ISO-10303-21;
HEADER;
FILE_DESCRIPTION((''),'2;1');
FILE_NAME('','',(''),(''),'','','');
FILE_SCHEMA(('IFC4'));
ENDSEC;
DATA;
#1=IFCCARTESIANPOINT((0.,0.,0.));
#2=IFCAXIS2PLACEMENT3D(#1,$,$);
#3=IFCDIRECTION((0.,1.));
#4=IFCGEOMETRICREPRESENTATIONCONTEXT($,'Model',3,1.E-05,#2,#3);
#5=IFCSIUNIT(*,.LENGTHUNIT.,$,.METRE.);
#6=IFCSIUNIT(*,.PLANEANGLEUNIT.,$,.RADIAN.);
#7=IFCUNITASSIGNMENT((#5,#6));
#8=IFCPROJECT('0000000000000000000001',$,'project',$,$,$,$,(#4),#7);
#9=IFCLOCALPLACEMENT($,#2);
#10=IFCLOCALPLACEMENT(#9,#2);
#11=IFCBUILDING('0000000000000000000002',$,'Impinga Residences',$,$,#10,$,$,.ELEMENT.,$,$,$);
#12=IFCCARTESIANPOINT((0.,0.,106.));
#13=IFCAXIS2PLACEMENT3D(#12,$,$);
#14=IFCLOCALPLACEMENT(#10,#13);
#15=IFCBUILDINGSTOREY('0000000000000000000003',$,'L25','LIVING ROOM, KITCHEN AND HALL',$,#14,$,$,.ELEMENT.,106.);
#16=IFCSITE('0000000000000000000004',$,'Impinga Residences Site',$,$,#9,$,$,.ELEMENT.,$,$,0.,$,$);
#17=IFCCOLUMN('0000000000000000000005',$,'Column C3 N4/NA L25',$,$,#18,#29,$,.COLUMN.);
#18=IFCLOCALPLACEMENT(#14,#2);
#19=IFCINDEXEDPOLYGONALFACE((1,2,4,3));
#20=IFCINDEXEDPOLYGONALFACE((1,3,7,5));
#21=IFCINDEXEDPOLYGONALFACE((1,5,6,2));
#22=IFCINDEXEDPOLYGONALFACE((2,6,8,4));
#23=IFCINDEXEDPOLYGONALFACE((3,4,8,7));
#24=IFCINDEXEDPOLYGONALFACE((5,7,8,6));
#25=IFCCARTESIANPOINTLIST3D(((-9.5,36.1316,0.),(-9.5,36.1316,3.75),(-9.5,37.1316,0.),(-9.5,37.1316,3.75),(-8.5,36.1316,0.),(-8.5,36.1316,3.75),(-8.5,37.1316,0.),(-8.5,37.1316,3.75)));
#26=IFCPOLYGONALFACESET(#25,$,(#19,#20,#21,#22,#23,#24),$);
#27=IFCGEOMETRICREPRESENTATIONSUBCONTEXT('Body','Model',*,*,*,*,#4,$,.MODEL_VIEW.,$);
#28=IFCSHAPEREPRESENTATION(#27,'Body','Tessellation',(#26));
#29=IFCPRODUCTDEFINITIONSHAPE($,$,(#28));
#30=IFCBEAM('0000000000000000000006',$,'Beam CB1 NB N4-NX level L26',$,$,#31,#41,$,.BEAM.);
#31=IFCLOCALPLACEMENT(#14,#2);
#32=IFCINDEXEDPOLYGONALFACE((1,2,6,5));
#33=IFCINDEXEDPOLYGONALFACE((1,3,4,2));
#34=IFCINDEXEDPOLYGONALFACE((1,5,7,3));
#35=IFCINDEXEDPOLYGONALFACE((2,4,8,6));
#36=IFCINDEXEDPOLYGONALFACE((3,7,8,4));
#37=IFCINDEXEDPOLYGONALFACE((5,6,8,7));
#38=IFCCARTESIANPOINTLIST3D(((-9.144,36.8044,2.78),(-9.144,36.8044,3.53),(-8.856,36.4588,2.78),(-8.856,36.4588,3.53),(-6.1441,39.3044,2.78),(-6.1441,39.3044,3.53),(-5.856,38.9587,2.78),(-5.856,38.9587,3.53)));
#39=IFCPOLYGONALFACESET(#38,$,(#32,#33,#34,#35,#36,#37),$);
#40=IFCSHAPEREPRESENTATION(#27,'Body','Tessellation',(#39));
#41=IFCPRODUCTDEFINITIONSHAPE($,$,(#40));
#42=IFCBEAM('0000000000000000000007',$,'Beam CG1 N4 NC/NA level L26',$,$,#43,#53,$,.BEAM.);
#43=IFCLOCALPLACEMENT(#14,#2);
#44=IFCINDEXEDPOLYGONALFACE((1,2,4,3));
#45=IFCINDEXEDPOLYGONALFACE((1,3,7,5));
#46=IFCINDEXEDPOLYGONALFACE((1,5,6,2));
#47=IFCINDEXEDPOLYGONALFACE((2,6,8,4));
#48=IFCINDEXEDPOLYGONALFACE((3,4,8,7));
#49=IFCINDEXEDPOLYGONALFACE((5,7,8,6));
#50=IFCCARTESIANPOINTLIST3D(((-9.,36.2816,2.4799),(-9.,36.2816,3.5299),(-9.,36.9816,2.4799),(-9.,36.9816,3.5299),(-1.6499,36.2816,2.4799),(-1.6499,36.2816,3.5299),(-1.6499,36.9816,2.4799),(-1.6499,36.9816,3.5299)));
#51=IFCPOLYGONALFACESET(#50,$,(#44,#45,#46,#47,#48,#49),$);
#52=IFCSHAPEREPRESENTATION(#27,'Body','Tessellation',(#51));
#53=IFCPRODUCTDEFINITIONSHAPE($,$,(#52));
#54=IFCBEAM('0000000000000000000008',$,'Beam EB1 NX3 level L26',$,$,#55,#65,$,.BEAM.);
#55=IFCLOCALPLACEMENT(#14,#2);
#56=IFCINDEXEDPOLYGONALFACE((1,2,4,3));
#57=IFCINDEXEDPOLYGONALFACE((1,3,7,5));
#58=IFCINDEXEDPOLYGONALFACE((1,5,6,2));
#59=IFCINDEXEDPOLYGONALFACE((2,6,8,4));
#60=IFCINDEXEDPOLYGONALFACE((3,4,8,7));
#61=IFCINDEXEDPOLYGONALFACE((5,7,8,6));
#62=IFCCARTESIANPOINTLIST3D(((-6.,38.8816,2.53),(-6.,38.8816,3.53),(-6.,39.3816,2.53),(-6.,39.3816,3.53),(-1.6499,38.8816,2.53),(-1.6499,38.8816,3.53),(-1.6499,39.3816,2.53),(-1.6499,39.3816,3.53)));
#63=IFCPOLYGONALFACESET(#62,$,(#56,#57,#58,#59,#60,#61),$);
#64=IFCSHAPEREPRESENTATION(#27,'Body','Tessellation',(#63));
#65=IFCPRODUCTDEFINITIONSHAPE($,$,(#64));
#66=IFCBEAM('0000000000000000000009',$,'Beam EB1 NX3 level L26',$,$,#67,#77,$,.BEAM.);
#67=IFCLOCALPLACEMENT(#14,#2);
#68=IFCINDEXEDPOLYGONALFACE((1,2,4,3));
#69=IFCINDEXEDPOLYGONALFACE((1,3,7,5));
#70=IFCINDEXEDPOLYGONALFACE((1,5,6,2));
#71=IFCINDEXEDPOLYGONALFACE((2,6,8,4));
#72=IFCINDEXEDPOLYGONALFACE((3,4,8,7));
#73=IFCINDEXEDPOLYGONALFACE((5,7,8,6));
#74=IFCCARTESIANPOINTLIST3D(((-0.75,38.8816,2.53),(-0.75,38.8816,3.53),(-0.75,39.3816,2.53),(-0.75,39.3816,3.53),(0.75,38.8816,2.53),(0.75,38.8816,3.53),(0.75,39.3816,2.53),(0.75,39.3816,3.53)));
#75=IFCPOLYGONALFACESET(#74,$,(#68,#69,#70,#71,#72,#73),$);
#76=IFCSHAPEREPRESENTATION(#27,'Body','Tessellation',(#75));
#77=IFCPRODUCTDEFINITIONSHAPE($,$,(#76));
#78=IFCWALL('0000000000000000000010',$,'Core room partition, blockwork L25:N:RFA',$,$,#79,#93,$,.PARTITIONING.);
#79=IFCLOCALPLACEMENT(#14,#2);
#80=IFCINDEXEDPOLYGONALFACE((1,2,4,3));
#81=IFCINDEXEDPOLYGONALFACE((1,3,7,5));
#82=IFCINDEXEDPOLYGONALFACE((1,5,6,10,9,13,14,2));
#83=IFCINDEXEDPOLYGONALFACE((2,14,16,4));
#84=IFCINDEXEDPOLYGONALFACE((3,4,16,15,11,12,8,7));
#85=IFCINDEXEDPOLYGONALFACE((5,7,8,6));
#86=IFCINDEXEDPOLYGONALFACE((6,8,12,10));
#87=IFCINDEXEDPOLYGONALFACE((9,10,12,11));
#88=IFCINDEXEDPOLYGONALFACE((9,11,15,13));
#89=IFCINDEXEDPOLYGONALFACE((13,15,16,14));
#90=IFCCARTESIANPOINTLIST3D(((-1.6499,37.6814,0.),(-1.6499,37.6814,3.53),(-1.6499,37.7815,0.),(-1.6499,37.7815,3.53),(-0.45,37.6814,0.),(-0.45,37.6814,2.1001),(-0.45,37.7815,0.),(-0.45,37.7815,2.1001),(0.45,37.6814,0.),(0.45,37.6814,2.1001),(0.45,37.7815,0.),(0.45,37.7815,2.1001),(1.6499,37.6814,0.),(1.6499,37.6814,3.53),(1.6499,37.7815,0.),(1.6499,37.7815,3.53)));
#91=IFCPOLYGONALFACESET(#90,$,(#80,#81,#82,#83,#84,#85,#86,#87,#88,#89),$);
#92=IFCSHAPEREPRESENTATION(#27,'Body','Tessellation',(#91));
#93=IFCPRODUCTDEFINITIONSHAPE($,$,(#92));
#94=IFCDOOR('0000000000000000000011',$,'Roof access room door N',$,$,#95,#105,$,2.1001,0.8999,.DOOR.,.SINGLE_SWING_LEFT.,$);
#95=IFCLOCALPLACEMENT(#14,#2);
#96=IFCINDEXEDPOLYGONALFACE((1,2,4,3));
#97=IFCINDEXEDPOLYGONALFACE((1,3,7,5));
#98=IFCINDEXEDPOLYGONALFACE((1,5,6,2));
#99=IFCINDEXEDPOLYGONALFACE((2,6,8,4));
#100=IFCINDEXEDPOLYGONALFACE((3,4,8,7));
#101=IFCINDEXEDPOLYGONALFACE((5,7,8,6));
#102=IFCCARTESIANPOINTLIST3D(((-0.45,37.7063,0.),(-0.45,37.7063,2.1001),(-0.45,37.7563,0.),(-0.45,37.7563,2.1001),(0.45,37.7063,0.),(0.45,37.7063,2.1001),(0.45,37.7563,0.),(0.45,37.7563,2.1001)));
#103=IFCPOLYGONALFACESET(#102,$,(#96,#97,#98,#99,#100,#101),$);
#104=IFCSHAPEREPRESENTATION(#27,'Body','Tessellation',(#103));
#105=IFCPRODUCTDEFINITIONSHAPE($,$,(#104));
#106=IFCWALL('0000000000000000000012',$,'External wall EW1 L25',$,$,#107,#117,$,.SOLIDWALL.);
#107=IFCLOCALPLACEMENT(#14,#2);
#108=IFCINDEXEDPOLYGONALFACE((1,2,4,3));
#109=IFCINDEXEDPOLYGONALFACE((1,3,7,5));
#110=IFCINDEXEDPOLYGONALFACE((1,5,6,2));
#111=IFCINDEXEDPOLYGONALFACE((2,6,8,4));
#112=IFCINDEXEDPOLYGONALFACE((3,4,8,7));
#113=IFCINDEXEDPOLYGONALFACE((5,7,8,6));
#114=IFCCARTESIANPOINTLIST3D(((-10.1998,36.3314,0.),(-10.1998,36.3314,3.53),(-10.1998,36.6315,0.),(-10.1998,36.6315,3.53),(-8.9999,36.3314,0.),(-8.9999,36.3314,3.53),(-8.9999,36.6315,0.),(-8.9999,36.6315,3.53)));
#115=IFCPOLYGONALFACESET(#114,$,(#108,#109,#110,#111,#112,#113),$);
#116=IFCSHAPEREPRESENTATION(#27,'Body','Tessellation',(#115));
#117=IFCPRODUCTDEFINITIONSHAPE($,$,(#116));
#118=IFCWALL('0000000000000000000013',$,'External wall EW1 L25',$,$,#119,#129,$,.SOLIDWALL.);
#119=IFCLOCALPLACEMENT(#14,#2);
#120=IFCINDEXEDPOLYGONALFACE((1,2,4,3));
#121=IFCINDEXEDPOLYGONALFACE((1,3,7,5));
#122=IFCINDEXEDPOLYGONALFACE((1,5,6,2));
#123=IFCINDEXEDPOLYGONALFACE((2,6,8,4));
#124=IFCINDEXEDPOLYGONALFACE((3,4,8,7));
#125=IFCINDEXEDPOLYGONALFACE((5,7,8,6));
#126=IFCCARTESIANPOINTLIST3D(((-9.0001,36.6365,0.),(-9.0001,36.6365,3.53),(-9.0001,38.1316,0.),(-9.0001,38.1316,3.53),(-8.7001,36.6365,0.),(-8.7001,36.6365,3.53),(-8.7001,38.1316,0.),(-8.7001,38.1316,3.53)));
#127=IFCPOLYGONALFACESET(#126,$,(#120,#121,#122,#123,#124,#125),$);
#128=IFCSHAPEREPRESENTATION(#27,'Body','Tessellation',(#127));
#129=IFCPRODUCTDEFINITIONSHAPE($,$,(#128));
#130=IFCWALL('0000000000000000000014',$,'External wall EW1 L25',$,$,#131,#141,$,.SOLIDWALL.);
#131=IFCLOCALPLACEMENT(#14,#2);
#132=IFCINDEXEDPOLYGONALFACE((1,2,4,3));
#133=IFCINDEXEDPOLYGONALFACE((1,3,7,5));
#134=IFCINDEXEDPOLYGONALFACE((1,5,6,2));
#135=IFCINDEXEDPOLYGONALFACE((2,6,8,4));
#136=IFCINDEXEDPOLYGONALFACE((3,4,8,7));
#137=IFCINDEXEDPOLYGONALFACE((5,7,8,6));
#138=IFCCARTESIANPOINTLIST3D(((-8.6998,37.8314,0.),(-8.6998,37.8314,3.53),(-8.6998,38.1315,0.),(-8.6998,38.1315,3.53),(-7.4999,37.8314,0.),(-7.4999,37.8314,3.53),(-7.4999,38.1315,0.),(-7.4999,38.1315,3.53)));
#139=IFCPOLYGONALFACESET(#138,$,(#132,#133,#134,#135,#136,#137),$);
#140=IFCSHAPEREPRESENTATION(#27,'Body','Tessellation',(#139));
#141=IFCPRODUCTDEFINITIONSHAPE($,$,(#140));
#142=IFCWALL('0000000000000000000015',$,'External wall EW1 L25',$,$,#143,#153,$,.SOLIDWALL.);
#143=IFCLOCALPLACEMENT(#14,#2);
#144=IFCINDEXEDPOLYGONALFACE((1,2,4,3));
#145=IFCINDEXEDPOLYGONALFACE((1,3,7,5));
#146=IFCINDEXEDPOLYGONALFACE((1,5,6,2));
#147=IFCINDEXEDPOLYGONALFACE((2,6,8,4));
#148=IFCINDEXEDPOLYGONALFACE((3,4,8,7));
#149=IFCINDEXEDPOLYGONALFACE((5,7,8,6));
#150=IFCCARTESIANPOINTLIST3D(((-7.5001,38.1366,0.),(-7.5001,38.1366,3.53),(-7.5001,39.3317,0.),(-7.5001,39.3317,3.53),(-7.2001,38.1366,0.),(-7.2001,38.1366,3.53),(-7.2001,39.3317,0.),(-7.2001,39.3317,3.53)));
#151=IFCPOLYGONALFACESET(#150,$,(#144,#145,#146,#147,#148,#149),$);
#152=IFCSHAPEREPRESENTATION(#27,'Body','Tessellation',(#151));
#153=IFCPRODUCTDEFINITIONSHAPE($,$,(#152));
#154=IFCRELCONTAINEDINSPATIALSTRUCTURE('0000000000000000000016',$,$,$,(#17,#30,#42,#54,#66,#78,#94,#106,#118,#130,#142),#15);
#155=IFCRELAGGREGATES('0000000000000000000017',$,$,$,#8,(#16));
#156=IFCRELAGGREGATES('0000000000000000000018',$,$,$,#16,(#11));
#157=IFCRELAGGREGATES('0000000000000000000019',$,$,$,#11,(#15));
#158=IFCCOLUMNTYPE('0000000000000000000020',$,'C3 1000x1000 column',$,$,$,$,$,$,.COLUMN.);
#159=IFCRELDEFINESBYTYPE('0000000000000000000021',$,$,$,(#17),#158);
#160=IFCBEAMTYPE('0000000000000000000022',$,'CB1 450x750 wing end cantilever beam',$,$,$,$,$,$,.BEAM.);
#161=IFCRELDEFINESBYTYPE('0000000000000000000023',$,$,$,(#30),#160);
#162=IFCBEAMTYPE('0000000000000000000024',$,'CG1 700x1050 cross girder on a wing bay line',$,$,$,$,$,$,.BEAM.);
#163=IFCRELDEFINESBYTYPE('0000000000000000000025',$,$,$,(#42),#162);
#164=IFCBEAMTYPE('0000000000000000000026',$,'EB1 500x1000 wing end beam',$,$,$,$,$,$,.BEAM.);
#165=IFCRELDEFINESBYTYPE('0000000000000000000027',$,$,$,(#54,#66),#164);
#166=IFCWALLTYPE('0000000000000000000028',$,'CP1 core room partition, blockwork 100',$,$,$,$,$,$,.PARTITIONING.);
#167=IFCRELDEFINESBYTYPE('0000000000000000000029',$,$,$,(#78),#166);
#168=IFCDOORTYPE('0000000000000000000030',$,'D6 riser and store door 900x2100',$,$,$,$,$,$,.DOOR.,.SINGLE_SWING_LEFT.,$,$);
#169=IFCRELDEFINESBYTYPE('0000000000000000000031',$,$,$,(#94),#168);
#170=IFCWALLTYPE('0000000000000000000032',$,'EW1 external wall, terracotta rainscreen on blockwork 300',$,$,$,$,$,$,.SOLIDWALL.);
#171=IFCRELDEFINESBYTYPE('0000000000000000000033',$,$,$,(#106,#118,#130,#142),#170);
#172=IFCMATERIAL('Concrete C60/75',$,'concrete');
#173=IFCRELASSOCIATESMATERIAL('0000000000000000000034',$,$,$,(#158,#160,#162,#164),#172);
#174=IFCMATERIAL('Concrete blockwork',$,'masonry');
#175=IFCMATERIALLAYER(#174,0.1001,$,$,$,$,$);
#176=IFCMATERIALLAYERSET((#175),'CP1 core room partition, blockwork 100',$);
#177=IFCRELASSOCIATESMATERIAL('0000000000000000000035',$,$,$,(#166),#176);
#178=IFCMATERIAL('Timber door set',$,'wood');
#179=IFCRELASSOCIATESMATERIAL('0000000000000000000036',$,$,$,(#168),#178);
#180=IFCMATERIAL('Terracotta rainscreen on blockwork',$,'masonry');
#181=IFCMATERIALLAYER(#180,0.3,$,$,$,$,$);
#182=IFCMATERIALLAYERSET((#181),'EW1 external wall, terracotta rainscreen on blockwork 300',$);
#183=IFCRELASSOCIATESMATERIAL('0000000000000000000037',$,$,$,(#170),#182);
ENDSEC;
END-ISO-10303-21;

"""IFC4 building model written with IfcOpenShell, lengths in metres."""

from ifc_helpers import new_model, si_unit, direction, frame, frame_2d, origin, origin_2d, place, context, subcontext, project, spatial, rectangle, extrude, material, layer, layer_set, material_profile, profile_set, type_object, element, fill, save


model = new_model("IFC4")

# Units and contexts
model_context = context("Model", 3, precision=1e-05, world=origin(), true_north=direction((0.0, 1.0)))
body_context = subcontext(model_context, "Body", "Model", "MODEL_VIEW")
ifc_project = project(units=[si_unit("LENGTHUNIT", "METRE"), si_unit("PLANEANGLEUNIT", "RADIAN")], contexts=[model_context])

# Site, building, storey
site_placement = place(None, origin())
site = spatial("IfcSite", under=ifc_project, at=site_placement, Name="Impinga Residences Site", CompositionType="ELEMENT", RefElevation=0.0)
building_placement = place(site_placement, origin())
building = spatial("IfcBuilding", under=site, at=building_placement, Name="Impinga Residences", CompositionType="ELEMENT")
storey_placement = place(building_placement, frame((0.0, 0.0, 106.0)))
storey = spatial("IfcBuildingStorey", under=building, at=storey_placement, Name="L25", Description="LIVING ROOM, KITCHEN AND HALL", CompositionType="ELEMENT", Elevation=106.0)

# Column
ifc_material_1 = material(Name="Concrete C60/75", Category="concrete")
ifc_material_profile_1 = material_profile(ifc_material_1, rectangle(XDim=1.0, YDim=1.0, at=origin_2d()), Name="RC 1000x1000")
ifc_profile_set_1 = profile_set([ifc_material_profile_1], Name="Concrete C60/75")
column_type = type_object("IfcColumnType", Name="C3 1000x1000 column", PredefinedType="COLUMN", material=ifc_profile_set_1)
column_placement = place(storey_placement, frame((-9.0, 36.6316, 0.0), z_axis=(0.0, 0.0, 1.0), x_axis=(1.0, 0.0, 0.0)))
element("IfcColumn", 1, at=column_placement, inside=storey, type_object=column_type, Name="Column C3 N4/NA L25", PredefinedType="COLUMN", context=body_context, shape_type="SweptSolid", body=[
    extrude(rectangle(XDim=1.0, YDim=1.0, at=origin_2d()), origin(), (0.0, 0.0, 1.0), 3.75),
])

# Beams
ifc_material_profile_2 = material_profile(ifc_material_1, rectangle(XDim=0.45, YDim=0.75, at=origin_2d()), Name="RC 450x750")
ifc_profile_set_2 = profile_set([ifc_material_profile_2], Name="Concrete C60/75")
beam_type_1 = type_object("IfcBeamType", Name="CB1 450x750 wing end cantilever beam", PredefinedType="BEAM", material=ifc_profile_set_2)
beam_1_placement = place(storey_placement, frame((-9.0, 36.6316, 3.155), z_axis=(0.768221, 0.640184, 0.0), x_axis=(-0.640184, 0.768221, 0.0)))
element("IfcBeam", 2, at=beam_1_placement, inside=storey, type_object=beam_type_1, Name="Beam CB1 NB N4-NX level L26", PredefinedType="BEAM", context=body_context, shape_type="SweptSolid", body=[
    extrude(rectangle(XDim=0.45, YDim=0.75, at=origin_2d()), origin(), (0.0, 0.0, 1.0), 3.905),
])
ifc_material_profile_3 = material_profile(ifc_material_1, rectangle(XDim=0.7, YDim=1.05, at=origin_2d()), Name="RC 700x1050")
ifc_profile_set_3 = profile_set([ifc_material_profile_3], Name="Concrete C60/75")
beam_type_2 = type_object("IfcBeamType", Name="CG1 700x1050 cross girder on a wing bay line", PredefinedType="BEAM", material=ifc_profile_set_3)
beam_2_placement = place(storey_placement, frame((-1.6499, 36.6316, 3.0049), z_axis=(-1.0, 0.0, 0.0), x_axis=(0.0, -1.0, 0.0)))
element("IfcBeam", 3, at=beam_2_placement, inside=storey, type_object=beam_type_2, Name="Beam CG1 N4 NC/NA level L26", PredefinedType="BEAM", context=body_context, shape_type="SweptSolid", body=[
    extrude(rectangle(XDim=0.7, YDim=1.05, at=origin_2d()), origin(), (0.0, 0.0, 1.0), 7.3501),
])
ifc_material_profile_4 = material_profile(ifc_material_1, rectangle(XDim=0.5, YDim=1.0, at=origin_2d()), Name="RC 500x1000")
ifc_profile_set_4 = profile_set([ifc_material_profile_4], Name="Concrete C60/75")
beam_type_3 = type_object("IfcBeamType", Name="EB1 500x1000 wing end beam", PredefinedType="BEAM", material=ifc_profile_set_4)
beam_3_placement = place(storey_placement, frame((-6.0, 39.1316, 3.03), z_axis=(1.0, 0.0, 0.0), x_axis=(0.0, 1.0, 0.0)))
element("IfcBeam", 4, at=beam_3_placement, inside=storey, type_object=beam_type_3, Name="Beam EB1 NX3 level L26", PredefinedType="BEAM", context=body_context, shape_type="SweptSolid", body=[
    extrude(rectangle(XDim=0.5, YDim=1.0, at=origin_2d()), origin(), (0.0, 0.0, 1.0), 4.3501),
])
beam_4_placement = place(storey_placement, frame((-0.75, 39.1316, 3.03), z_axis=(1.0, 0.0, 0.0), x_axis=(0.0, 1.0, 0.0)))
element("IfcBeam", 5, at=beam_4_placement, inside=storey, type_object=beam_type_3, Name="Beam EB1 NX3 level L26", PredefinedType="BEAM", context=body_context, shape_type="SweptSolid", body=[
    extrude(rectangle(XDim=0.5, YDim=1.0, at=origin_2d()), origin(), (0.0, 0.0, 1.0), 1.5),
])

# Wall, opening, door
ifc_material_2 = material(Name="Concrete blockwork", Category="masonry")
ifc_layer_1 = layer(ifc_material_2, 0.1001)
ifc_layer_set_1 = layer_set([ifc_layer_1], Name="CP1 core room partition, blockwork 100")
wall_type_1 = type_object("IfcWallType", Name="CP1 core room partition, blockwork 100", PredefinedType="PARTITIONING", material=ifc_layer_set_1)
wall_1_placement = place(storey_placement, frame((-1.6499, 37.7314, 0.0), z_axis=(0.0, 0.0, 1.0), x_axis=(1.0, 0.0, 0.0)))
wall_1 = element("IfcWall", 6, at=wall_1_placement, inside=storey, type_object=wall_type_1, Name="Core room partition, blockwork L25:N:RFA", PredefinedType="PARTITIONING", context=body_context, shape_type="SweptSolid", body=[
    extrude(rectangle(XDim=3.2998, YDim=0.1001, at=frame_2d((1.6499, 0.0))), origin(), (0.0, 0.0, 1.0), 3.53),
])
opening_1_placement = place(wall_1_placement, frame((1.2, 0.0, 0.0)))
opening_1 = element("IfcOpeningElement", 7, at=opening_1_placement, cuts=wall_1, PredefinedType="OPENING", context=body_context, shape_type="SweptSolid", body=[
    extrude(rectangle(XDim=0.8999, YDim=2.1001, at=frame_2d((0.45, 1.05))), frame((0.0, 0.0601, 0.0), z_axis=(0.0, -1.0, 0.0), x_axis=(1.0, 0.0, 0.0)), (0.0, 0.0, 1.0), 0.1201),
])
ifc_material_3 = material(Name="Timber door set", Category="wood")
door_type_1 = type_object("IfcDoorType", Name="D6 riser and store door 900x2100", OperationType="SINGLE_SWING_LEFT", PredefinedType="DOOR", material=ifc_material_3)
door_1_placement = place(opening_1_placement, origin())
door_1 = element("IfcDoor", 8, at=door_1_placement, inside=storey, type_object=door_type_1, Name="Roof access room door N", OperationType="SINGLE_SWING_LEFT", OverallHeight=2.1001, OverallWidth=0.8999, PredefinedType="DOOR", context=body_context, shape_type="SweptSolid", body=[
    extrude(rectangle(XDim=0.8999, YDim=2.1001, at=frame_2d((0.45, 1.05))), frame((0.0, 0.0249, 0.0), z_axis=(0.0, -1.0, 0.0), x_axis=(1.0, 0.0, 0.0)), (0.0, 0.0, 1.0), 0.05),
])
fill(opening_1, door_1)

# Walls
ifc_material_4 = material(Name="Terracotta rainscreen on blockwork", Category="masonry")
ifc_layer_2 = layer(ifc_material_4, 0.3)
ifc_layer_set_2 = layer_set([ifc_layer_2], Name="EW1 external wall, terracotta rainscreen on blockwork 300")
wall_type_2 = type_object("IfcWallType", Name="EW1 external wall, terracotta rainscreen on blockwork 300", PredefinedType="SOLIDWALL", material=ifc_layer_set_2)
wall_2_placement = place(storey_placement, frame((-10.2, 36.4814, 0.0), z_axis=(0.0, 0.0, 1.0), x_axis=(1.0, 0.0, 0.0)))
element("IfcWall", 9, at=wall_2_placement, inside=storey, type_object=wall_type_2, Name="External wall EW1 L25", PredefinedType="SOLIDWALL", context=body_context, shape_type="SweptSolid", body=[
    extrude(rectangle(XDim=1.2, YDim=0.3, at=frame_2d((0.6001, 0.0))), origin(), (0.0, 0.0, 1.0), 3.53),
])
wall_3_placement = place(storey_placement, frame((-8.8501, 36.6365, 0.0), z_axis=(0.0, 0.0, 1.0), x_axis=(0.0, 1.0, 0.0)))
element("IfcWall", 10, at=wall_3_placement, inside=storey, type_object=wall_type_2, Name="External wall EW1 L25", PredefinedType="SOLIDWALL", context=body_context, shape_type="SweptSolid", body=[
    extrude(rectangle(XDim=1.4951, YDim=0.3, at=frame_2d((0.7476, 0.0))), origin(), (0.0, 0.0, 1.0), 3.53),
])
wall_4_placement = place(storey_placement, frame((-8.7, 37.9814, 0.0), z_axis=(0.0, 0.0, 1.0), x_axis=(1.0, 0.0, 0.0)))
element("IfcWall", 11, at=wall_4_placement, inside=storey, type_object=wall_type_2, Name="External wall EW1 L25", PredefinedType="SOLIDWALL", context=body_context, shape_type="SweptSolid", body=[
    extrude(rectangle(XDim=1.2, YDim=0.3, at=frame_2d((0.6001, 0.0))), origin(), (0.0, 0.0, 1.0), 3.53),
])
wall_5_placement = place(storey_placement, frame((-7.3501, 38.1365, 0.0), z_axis=(0.0, 0.0, 1.0), x_axis=(0.0, 1.0, 0.0)))
element("IfcWall", 12, at=wall_5_placement, inside=storey, type_object=wall_type_2, Name="External wall EW1 L25", PredefinedType="SOLIDWALL", context=body_context, shape_type="SweptSolid", body=[
    extrude(rectangle(XDim=1.1951, YDim=0.3, at=frame_2d((0.5977, 0.0))), origin(), (0.0, 0.0, 1.0), 3.53),
])

save(model, "model.ifc")
